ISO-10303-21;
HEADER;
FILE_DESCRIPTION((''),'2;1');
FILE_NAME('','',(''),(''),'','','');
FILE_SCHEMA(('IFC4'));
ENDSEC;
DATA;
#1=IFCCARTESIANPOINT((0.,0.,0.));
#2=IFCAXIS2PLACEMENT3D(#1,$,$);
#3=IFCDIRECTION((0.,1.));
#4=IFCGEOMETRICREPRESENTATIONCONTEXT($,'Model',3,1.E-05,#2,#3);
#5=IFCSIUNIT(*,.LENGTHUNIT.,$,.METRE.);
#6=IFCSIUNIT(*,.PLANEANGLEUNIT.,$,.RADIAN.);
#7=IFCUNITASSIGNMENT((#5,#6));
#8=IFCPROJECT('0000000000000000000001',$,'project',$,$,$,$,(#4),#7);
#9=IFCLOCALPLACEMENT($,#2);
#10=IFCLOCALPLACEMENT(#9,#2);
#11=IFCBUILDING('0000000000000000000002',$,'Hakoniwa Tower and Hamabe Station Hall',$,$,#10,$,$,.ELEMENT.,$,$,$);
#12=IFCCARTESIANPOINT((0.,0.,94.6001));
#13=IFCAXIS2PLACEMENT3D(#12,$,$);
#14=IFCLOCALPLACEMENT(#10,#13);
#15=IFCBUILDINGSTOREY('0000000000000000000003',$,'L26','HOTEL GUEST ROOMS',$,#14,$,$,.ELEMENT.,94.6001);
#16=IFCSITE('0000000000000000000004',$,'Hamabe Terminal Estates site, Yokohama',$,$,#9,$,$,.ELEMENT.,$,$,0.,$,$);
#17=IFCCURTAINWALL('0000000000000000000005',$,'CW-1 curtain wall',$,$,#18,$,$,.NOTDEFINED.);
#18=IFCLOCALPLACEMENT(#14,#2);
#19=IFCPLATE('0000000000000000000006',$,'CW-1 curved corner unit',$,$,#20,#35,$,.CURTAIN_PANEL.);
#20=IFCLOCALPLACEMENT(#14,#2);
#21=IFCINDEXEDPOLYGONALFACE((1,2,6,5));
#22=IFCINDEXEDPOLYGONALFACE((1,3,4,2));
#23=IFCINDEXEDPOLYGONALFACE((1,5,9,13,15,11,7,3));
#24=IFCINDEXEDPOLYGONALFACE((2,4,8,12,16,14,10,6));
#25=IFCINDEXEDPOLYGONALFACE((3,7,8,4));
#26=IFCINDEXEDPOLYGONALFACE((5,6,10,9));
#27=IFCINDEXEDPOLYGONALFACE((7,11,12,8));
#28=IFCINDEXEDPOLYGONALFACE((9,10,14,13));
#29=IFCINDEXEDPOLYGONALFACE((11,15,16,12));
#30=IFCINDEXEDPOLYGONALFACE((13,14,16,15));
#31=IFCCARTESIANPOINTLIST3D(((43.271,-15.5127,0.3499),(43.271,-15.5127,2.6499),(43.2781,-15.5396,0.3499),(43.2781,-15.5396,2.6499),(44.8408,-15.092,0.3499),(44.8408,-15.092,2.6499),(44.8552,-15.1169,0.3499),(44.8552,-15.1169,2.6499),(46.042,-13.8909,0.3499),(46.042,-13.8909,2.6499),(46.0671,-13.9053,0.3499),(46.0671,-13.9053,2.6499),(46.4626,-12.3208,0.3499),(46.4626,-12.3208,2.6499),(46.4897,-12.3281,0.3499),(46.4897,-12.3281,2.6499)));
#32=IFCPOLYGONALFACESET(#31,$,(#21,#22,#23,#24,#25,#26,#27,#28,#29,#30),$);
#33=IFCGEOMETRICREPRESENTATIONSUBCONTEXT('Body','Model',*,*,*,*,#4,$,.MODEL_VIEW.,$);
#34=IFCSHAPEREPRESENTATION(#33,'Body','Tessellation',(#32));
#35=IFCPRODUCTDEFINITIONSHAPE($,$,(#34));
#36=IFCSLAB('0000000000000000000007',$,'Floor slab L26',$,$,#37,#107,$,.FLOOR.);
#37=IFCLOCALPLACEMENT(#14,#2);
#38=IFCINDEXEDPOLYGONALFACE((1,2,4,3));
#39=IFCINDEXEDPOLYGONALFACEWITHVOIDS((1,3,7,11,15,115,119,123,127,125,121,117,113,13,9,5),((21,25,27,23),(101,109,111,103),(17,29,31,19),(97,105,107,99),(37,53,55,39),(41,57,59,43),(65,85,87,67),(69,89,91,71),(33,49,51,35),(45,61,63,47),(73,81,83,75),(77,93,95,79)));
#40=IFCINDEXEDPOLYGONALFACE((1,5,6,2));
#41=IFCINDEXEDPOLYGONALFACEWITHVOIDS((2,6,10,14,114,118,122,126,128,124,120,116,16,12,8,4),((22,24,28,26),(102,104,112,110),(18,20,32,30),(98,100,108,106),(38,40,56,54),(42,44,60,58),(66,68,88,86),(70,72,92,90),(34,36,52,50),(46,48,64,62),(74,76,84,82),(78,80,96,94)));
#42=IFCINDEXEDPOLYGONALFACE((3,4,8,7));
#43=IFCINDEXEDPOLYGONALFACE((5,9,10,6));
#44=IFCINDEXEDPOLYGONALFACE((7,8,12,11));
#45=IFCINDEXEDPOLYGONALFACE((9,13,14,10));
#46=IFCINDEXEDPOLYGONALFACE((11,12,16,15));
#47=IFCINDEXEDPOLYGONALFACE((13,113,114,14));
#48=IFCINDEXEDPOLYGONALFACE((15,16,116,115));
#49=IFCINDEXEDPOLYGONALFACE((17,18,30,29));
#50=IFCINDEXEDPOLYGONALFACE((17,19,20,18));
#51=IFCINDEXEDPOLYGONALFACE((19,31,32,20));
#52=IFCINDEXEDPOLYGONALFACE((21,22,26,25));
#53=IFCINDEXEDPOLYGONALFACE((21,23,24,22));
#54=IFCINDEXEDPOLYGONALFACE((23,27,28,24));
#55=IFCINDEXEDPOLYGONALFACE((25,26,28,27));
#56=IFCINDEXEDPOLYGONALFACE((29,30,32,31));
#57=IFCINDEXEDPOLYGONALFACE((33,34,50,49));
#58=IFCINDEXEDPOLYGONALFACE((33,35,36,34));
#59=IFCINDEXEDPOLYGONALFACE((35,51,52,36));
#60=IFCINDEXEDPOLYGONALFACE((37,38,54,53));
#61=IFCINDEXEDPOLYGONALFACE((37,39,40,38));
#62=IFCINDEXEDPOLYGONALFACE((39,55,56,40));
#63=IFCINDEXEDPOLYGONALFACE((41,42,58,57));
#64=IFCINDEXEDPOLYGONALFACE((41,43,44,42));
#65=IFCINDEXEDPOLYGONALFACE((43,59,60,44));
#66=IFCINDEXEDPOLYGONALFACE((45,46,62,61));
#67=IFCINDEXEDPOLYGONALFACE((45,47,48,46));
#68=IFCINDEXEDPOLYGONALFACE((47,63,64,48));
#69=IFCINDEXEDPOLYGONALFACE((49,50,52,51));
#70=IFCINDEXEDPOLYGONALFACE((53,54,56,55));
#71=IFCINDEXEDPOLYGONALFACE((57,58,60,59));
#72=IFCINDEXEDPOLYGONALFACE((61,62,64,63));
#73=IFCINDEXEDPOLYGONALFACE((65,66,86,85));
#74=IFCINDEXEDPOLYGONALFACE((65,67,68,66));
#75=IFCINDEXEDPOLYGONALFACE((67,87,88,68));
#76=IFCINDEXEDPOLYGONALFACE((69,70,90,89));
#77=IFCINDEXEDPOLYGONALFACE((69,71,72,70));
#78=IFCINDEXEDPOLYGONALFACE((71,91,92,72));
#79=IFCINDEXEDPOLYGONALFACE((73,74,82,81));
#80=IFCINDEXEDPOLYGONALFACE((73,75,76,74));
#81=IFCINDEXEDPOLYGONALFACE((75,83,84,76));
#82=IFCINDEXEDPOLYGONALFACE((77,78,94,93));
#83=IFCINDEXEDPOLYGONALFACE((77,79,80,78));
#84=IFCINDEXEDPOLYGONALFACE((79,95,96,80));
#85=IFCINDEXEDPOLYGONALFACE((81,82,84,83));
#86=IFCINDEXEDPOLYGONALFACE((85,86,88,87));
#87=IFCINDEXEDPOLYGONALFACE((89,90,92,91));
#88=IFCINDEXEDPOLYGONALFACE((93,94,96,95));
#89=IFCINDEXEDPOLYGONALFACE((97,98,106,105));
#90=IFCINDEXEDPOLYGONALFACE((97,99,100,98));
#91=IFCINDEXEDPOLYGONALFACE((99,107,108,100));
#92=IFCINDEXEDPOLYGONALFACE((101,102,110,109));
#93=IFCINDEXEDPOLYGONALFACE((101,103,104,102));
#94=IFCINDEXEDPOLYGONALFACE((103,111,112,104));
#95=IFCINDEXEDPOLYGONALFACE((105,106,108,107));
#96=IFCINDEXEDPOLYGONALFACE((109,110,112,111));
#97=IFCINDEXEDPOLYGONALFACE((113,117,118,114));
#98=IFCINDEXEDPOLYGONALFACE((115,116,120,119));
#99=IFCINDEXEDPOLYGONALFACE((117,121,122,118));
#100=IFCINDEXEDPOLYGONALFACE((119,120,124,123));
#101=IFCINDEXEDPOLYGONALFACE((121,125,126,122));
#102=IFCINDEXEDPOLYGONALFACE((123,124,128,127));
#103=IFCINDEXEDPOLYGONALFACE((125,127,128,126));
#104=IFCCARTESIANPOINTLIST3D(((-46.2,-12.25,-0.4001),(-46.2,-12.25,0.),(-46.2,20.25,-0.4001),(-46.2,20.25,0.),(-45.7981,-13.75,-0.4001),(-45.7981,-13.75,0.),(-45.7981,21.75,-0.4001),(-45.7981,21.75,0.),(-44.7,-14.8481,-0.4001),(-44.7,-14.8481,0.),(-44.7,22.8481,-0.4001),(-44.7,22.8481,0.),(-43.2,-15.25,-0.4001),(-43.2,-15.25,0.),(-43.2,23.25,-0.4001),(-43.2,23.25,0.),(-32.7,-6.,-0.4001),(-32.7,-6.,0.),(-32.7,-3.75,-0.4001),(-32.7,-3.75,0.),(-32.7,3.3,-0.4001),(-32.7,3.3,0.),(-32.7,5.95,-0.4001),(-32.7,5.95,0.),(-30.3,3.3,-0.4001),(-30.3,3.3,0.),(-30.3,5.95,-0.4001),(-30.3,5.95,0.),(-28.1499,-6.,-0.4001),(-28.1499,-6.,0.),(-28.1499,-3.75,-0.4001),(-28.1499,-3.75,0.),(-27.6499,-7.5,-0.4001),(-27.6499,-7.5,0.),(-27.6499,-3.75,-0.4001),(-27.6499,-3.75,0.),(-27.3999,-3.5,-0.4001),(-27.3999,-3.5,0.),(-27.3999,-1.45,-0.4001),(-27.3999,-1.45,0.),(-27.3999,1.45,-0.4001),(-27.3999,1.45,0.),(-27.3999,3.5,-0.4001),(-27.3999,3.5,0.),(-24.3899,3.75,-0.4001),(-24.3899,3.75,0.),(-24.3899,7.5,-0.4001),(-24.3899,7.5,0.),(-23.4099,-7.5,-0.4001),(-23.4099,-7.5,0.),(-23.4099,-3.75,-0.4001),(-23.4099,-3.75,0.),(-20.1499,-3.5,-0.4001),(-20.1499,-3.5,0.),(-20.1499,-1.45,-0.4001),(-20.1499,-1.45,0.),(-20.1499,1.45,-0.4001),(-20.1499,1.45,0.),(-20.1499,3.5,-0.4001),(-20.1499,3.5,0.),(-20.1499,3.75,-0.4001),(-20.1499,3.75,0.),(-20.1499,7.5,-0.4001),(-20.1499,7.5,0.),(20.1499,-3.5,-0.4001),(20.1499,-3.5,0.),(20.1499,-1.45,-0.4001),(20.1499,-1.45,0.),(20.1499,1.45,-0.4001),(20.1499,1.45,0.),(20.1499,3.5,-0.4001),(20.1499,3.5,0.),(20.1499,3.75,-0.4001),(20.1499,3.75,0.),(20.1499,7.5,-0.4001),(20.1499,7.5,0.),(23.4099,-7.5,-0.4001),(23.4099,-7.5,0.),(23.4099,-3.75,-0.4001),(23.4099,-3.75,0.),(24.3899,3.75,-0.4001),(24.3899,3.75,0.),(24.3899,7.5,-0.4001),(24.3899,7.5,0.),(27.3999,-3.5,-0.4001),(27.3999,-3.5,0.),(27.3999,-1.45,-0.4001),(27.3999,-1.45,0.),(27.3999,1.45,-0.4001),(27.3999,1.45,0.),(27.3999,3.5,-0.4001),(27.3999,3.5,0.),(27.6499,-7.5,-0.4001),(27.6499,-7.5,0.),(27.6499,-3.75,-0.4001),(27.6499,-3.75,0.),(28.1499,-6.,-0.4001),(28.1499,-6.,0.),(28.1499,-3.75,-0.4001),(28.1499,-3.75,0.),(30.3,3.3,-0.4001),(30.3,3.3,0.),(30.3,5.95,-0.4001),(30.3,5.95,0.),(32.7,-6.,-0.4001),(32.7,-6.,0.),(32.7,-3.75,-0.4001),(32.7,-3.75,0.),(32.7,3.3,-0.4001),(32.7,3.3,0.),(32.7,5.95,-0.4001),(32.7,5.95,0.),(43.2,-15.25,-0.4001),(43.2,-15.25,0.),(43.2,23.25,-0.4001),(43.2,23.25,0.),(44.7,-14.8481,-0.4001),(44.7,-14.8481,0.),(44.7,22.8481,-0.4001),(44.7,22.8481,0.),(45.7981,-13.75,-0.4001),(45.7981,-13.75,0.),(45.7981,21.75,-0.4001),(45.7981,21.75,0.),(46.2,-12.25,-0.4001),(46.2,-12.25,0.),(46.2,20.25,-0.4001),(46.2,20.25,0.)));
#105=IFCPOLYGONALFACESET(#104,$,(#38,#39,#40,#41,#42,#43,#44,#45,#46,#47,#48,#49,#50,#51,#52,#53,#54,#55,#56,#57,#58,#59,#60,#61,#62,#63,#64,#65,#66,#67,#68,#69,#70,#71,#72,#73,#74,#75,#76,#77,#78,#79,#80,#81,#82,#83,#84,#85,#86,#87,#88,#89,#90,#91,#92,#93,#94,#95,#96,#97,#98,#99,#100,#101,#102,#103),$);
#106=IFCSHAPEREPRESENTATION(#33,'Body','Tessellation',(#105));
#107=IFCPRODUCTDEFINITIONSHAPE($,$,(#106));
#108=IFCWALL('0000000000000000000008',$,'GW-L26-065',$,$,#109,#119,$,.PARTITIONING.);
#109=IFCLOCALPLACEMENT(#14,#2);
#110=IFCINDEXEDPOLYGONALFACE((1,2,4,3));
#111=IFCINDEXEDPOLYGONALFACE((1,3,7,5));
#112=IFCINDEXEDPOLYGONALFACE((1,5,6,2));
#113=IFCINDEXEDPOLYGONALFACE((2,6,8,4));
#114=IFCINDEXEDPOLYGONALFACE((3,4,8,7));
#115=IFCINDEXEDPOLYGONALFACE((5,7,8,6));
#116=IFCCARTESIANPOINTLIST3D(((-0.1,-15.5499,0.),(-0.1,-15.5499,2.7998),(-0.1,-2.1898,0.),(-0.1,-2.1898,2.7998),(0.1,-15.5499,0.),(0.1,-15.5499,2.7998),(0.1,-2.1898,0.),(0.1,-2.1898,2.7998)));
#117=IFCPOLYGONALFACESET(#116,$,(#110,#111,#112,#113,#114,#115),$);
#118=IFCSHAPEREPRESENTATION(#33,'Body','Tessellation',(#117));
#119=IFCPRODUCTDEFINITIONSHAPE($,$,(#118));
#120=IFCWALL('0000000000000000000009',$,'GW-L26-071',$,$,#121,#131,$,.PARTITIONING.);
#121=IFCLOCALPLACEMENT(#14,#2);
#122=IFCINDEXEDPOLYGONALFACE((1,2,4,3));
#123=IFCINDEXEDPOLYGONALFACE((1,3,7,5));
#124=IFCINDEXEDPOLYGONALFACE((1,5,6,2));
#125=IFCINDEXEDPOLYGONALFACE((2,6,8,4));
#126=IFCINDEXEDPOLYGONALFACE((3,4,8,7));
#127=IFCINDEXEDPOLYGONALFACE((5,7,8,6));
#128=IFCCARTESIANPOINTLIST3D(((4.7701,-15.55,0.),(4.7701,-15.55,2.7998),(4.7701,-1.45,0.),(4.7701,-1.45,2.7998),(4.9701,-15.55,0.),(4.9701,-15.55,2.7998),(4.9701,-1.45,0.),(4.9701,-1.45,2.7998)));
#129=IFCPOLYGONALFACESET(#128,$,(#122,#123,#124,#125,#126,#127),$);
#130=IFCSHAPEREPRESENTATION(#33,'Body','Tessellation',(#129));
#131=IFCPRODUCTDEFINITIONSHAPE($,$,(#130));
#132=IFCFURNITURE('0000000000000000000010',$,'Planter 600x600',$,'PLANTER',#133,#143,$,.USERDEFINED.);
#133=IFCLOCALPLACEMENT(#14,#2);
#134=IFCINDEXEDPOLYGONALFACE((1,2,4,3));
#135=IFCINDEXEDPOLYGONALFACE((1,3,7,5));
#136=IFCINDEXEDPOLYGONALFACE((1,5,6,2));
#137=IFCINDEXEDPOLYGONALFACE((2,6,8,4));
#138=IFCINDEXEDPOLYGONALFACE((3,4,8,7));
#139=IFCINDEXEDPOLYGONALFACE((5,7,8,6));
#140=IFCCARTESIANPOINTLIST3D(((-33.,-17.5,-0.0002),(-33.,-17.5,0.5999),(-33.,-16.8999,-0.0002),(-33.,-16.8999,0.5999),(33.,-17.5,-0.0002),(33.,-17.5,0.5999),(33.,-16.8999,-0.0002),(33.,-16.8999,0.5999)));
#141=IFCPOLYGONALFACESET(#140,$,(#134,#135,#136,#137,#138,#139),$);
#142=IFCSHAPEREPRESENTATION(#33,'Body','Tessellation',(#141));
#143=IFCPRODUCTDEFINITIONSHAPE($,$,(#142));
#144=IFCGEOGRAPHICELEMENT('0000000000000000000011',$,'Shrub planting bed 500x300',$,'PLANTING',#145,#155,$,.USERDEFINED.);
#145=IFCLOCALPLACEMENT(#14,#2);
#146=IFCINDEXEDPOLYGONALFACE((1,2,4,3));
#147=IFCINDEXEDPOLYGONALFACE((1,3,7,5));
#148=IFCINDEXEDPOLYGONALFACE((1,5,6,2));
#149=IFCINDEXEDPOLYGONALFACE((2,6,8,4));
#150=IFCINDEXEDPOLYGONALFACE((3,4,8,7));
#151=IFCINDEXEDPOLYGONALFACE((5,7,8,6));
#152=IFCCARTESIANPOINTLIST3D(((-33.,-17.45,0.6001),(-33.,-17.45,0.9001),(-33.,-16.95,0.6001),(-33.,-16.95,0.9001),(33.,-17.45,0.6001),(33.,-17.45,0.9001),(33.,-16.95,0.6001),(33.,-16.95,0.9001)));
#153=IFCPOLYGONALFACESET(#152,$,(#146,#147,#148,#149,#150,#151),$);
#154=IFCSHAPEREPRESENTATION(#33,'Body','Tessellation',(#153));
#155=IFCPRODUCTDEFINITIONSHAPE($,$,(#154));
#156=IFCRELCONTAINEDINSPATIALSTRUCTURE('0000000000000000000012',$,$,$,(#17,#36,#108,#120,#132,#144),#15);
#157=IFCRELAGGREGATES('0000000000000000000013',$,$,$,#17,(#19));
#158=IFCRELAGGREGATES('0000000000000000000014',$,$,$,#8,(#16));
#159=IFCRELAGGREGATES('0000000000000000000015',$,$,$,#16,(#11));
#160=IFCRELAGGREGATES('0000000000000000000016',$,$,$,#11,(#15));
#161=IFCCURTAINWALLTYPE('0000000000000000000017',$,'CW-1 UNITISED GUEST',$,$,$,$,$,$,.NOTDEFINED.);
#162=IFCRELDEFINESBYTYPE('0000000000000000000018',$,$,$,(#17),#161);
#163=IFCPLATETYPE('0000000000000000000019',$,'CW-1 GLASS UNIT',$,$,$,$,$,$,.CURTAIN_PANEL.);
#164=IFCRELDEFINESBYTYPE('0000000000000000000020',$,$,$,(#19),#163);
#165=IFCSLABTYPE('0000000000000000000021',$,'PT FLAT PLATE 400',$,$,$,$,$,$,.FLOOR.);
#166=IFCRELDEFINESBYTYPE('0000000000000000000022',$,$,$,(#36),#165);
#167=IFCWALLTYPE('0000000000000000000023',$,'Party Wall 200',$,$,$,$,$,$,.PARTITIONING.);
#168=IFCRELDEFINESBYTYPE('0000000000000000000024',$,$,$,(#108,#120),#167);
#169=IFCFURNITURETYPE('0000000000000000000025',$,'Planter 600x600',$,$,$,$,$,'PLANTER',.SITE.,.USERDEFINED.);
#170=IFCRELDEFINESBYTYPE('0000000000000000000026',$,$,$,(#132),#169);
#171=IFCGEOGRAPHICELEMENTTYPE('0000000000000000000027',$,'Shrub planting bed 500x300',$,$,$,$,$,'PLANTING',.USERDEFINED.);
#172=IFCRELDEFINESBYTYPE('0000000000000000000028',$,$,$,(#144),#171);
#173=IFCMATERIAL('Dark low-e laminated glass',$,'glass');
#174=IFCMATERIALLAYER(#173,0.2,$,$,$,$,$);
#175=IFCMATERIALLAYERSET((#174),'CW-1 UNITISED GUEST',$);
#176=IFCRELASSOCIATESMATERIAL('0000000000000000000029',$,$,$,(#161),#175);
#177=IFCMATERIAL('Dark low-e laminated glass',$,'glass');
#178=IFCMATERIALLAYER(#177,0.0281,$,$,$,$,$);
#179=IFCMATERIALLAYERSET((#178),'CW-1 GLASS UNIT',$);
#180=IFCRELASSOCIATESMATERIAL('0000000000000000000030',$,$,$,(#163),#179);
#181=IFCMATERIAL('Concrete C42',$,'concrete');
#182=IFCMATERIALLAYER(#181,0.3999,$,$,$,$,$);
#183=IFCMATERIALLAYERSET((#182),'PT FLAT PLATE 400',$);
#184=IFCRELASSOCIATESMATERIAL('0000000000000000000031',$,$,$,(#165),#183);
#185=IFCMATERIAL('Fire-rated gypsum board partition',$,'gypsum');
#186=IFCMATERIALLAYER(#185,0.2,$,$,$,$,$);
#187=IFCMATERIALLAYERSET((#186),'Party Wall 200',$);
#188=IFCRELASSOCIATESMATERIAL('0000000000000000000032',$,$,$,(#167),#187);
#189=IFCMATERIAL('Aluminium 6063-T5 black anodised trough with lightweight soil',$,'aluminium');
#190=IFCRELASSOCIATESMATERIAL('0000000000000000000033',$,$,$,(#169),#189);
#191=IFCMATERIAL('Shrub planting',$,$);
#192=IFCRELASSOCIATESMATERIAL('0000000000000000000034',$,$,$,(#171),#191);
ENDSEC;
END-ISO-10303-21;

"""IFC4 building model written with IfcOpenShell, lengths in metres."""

from ifc_helpers import new_model, si_unit, direction, frame, frame_2d, origin, origin_2d, place, context, subcontext, project, spatial, polyline, rectangle, outline, extrude, material, layer, layer_set, type_object, element, aggregate, save


model = new_model("IFC4")

# Units and contexts
model_context = context("Model", 3, precision=1e-05, world=origin(), true_north=direction((0.0, 1.0)))
body_context = subcontext(model_context, "Body", "Model", "MODEL_VIEW")
ifc_project = project(units=[si_unit("LENGTHUNIT", "METRE"), si_unit("PLANEANGLEUNIT", "RADIAN")], contexts=[model_context])

# Site, building, storey
site_placement = place(None, origin())
site = spatial("IfcSite", under=ifc_project, at=site_placement, Name="Hamabe Terminal Estates site, Yokohama", CompositionType="ELEMENT", RefElevation=0.0)
building_placement = place(site_placement, origin())
building = spatial("IfcBuilding", under=site, at=building_placement, Name="Hakoniwa Tower and Hamabe Station Hall", CompositionType="ELEMENT")
storey_placement = place(building_placement, frame((0.0, 0.0, 94.6001)))
storey = spatial("IfcBuildingStorey", under=building, at=storey_placement, Name="L26", Description="HOTEL GUEST ROOMS", CompositionType="ELEMENT", Elevation=94.6001)

# Curtain wall
ifc_material_1 = material(Name="Dark low-e laminated glass", Category="glass")
ifc_layer_1 = layer(ifc_material_1, 0.2)
ifc_layer_set_1 = layer_set([ifc_layer_1], Name="CW-1 UNITISED GUEST")
curtain_wall_type = type_object("IfcCurtainWallType", Name="CW-1 UNITISED GUEST", PredefinedType="NOTDEFINED", material=ifc_layer_set_1)
curtain_wall_1_placement = place(storey_placement, origin())
curtain_wall_1 = element("IfcCurtainWall", 1, at=curtain_wall_1_placement, inside=storey, type_object=curtain_wall_type, Name="CW-1 curtain wall", PredefinedType="NOTDEFINED")

# Shared definitions
ifc_material_2 = material(Name="Dark low-e laminated glass", Category="glass")
ifc_layer_2 = layer(ifc_material_2, 0.0281)
ifc_layer_set_2 = layer_set([ifc_layer_2], Name="CW-1 GLASS UNIT")
plate_type = type_object("IfcPlateType", Name="CW-1 GLASS UNIT", PredefinedType="CURTAIN_PANEL", material=ifc_layer_set_2)

# Plate
plate_1_placement = place(storey_placement, frame((0.0, 0.0, 0.3499)))
plate_1 = element("IfcPlate", 2, at=plate_1_placement, type_object=plate_type, Name="CW-1 curved corner unit", PredefinedType="CURTAIN_PANEL", context=body_context, shape_type="SweptSolid", body=[
    extrude(outline(polyline([(43.2781, -15.5396), (44.8552, -15.1169), (46.0671, -13.9053), (46.4897, -12.3281), (46.4626, -12.3208), (46.042, -13.8909), (44.8408, -15.092), (43.271, -15.5127), (43.2781, -15.5396)])), origin(), (0.0, 0.0, 1.0), 2.3),
])
aggregate(curtain_wall_1, [plate_1])

# Slab
ifc_material_3 = material(Name="Concrete C42", Category="concrete")
ifc_layer_3 = layer(ifc_material_3, 0.3999)
ifc_layer_set_3 = layer_set([ifc_layer_3], Name="PT FLAT PLATE 400")
slab_type_1 = type_object("IfcSlabType", Name="PT FLAT PLATE 400", PredefinedType="FLOOR", material=ifc_layer_set_3)
slab_1_placement = place(storey_placement, frame((0.0, 0.0, -0.4001)))
element("IfcSlab", 3, at=slab_1_placement, inside=storey, type_object=slab_type_1, Name="Floor slab L26", PredefinedType="FLOOR", context=body_context, shape_type="SweptSolid", body=[
    extrude(outline(polyline([(46.2, -12.25), (46.2, 20.25), (45.7981, 21.75), (44.7, 22.8481), (43.2, 23.25), (-43.2, 23.25), (-44.7, 22.8481), (-45.7981, 21.75), (-46.2, 20.25), (-46.2, -12.25), (-45.7981, -13.75), (-44.7, -14.8481), (-43.2, -15.25), (43.2, -15.25), (44.7, -14.8481), (45.7981, -13.75), (46.2, -12.25)]), holes=[polyline([(-27.3999, 1.45), (-27.3999, 3.5), (-20.1499, 3.5), (-20.1499, 1.45), (-27.3999, 1.45)]), polyline([(-27.3999, -3.5), (-27.3999, -1.45), (-20.1499, -1.45), (-20.1499, -3.5), (-27.3999, -3.5)]), polyline([(-32.7, 3.3), (-32.7, 5.95), (-30.3, 5.95), (-30.3, 3.3), (-32.7, 3.3)]), polyline([(-32.7, -6.0), (-32.7, -3.75), (-28.1499, -3.75), (-28.1499, -6.0), (-32.7, -6.0)]), polyline([(-24.3899, 3.75), (-24.3899, 7.5), (-20.1499, 7.5), (-20.1499, 3.75), (-24.3899, 3.75)]), polyline([(-27.6499, -7.5), (-27.6499, -3.75), (-23.4099, -3.75), (-23.4099, -7.5), (-27.6499, -7.5)]), polyline([(20.1499, 1.45), (20.1499, 3.5), (27.3999, 3.5), (27.3999, 1.45), (20.1499, 1.45)]), polyline([(20.1499, -3.5), (20.1499, -1.45), (27.3999, -1.45), (27.3999, -3.5), (20.1499, -3.5)]), polyline([(30.3, 3.3), (30.3, 5.95), (32.7, 5.95), (32.7, 3.3), (30.3, 3.3)]), polyline([(28.1499, -6.0), (28.1499, -3.75), (32.7, -3.75), (32.7, -6.0), (28.1499, -6.0)]), polyline([(20.1499, 3.75), (20.1499, 7.5), (24.3899, 7.5), (24.3899, 3.75), (20.1499, 3.75)]), polyline([(23.4099, -7.5), (23.4099, -3.75), (27.6499, -3.75), (27.6499, -7.5), (23.4099, -7.5)])]), origin(), (0.0, 0.0, 1.0), 0.4001),
])

# Walls
ifc_material_4 = material(Name="Fire-rated gypsum board partition", Category="gypsum")
ifc_layer_4 = layer(ifc_material_4, 0.2)
ifc_layer_set_4 = layer_set([ifc_layer_4], Name="Party Wall 200")
wall_type = type_object("IfcWallType", Name="Party Wall 200", PredefinedType="PARTITIONING", material=ifc_layer_set_4)
wall_1_placement = place(storey_placement, frame((0.0, -15.55, 0.0), z_axis=(0.0, 0.0, 1.0), x_axis=(0.0, 1.0, 0.0)))
element("IfcWall", 4, at=wall_1_placement, inside=storey, type_object=wall_type, Name="GW-L26-065", PredefinedType="PARTITIONING", context=body_context, shape_type="SweptSolid", body=[
    extrude(rectangle(XDim=13.3601, YDim=0.2, at=frame_2d((6.6802, 0.0))), origin(), (0.0, 0.0, 1.0), 2.7998),
])
wall_2_placement = place(storey_placement, frame((4.8701, -15.55, 0.0), z_axis=(0.0, 0.0, 1.0), x_axis=(0.0, 1.0, 0.0)))
element("IfcWall", 5, at=wall_2_placement, inside=storey, type_object=wall_type, Name="GW-L26-071", PredefinedType="PARTITIONING", context=body_context, shape_type="SweptSolid", body=[
    extrude(rectangle(XDim=14.1001, YDim=0.2, at=frame_2d((7.05, 0.0))), origin(), (0.0, 0.0, 1.0), 2.7998),
])

# Furniture
ifc_material_5 = material(Name="Aluminium 6063-T5 black anodised trough with lightweight soil", Category="aluminium")
furniture_type = type_object("IfcFurnitureType", Name="Planter 600x600", ElementType="PLANTER", AssemblyPlace="SITE", PredefinedType="USERDEFINED", material=ifc_material_5)
furniture_placement = place(storey_placement, frame((0.0, -17.2, -0.0002), z_axis=(0.0, 0.0, 1.0), x_axis=(1.0, 0.0, 0.0)))
element("IfcFurniture", 6, at=furniture_placement, inside=storey, type_object=furniture_type, Name="Planter 600x600", ObjectType="PLANTER", PredefinedType="USERDEFINED", context=body_context, shape_type="SweptSolid", body=[
    extrude(rectangle(XDim=66.0, YDim=0.6001, at=origin_2d()), origin(), (0.0, 0.0, 1.0), 0.6001),
])

# Geographic element
ifc_material_6 = material(Name="Shrub planting")
geographic_element_type = type_object("IfcGeographicElementType", Name="Shrub planting bed 500x300", ElementType="PLANTING", PredefinedType="USERDEFINED", material=ifc_material_6)
geographic_element_placement = place(storey_placement, frame((0.0, -17.2, 0.6001), z_axis=(0.0, 0.0, 1.0), x_axis=(1.0, 0.0, 0.0)))
element("IfcGeographicElement", 7, at=geographic_element_placement, inside=storey, type_object=geographic_element_type, Name="Shrub planting bed 500x300", ObjectType="PLANTING", PredefinedType="USERDEFINED", context=body_context, shape_type="SweptSolid", body=[
    extrude(rectangle(XDim=66.0, YDim=0.5, at=origin_2d()), origin(), (0.0, 0.0, 1.0), 0.3),
])

save(model, "model.ifc")
